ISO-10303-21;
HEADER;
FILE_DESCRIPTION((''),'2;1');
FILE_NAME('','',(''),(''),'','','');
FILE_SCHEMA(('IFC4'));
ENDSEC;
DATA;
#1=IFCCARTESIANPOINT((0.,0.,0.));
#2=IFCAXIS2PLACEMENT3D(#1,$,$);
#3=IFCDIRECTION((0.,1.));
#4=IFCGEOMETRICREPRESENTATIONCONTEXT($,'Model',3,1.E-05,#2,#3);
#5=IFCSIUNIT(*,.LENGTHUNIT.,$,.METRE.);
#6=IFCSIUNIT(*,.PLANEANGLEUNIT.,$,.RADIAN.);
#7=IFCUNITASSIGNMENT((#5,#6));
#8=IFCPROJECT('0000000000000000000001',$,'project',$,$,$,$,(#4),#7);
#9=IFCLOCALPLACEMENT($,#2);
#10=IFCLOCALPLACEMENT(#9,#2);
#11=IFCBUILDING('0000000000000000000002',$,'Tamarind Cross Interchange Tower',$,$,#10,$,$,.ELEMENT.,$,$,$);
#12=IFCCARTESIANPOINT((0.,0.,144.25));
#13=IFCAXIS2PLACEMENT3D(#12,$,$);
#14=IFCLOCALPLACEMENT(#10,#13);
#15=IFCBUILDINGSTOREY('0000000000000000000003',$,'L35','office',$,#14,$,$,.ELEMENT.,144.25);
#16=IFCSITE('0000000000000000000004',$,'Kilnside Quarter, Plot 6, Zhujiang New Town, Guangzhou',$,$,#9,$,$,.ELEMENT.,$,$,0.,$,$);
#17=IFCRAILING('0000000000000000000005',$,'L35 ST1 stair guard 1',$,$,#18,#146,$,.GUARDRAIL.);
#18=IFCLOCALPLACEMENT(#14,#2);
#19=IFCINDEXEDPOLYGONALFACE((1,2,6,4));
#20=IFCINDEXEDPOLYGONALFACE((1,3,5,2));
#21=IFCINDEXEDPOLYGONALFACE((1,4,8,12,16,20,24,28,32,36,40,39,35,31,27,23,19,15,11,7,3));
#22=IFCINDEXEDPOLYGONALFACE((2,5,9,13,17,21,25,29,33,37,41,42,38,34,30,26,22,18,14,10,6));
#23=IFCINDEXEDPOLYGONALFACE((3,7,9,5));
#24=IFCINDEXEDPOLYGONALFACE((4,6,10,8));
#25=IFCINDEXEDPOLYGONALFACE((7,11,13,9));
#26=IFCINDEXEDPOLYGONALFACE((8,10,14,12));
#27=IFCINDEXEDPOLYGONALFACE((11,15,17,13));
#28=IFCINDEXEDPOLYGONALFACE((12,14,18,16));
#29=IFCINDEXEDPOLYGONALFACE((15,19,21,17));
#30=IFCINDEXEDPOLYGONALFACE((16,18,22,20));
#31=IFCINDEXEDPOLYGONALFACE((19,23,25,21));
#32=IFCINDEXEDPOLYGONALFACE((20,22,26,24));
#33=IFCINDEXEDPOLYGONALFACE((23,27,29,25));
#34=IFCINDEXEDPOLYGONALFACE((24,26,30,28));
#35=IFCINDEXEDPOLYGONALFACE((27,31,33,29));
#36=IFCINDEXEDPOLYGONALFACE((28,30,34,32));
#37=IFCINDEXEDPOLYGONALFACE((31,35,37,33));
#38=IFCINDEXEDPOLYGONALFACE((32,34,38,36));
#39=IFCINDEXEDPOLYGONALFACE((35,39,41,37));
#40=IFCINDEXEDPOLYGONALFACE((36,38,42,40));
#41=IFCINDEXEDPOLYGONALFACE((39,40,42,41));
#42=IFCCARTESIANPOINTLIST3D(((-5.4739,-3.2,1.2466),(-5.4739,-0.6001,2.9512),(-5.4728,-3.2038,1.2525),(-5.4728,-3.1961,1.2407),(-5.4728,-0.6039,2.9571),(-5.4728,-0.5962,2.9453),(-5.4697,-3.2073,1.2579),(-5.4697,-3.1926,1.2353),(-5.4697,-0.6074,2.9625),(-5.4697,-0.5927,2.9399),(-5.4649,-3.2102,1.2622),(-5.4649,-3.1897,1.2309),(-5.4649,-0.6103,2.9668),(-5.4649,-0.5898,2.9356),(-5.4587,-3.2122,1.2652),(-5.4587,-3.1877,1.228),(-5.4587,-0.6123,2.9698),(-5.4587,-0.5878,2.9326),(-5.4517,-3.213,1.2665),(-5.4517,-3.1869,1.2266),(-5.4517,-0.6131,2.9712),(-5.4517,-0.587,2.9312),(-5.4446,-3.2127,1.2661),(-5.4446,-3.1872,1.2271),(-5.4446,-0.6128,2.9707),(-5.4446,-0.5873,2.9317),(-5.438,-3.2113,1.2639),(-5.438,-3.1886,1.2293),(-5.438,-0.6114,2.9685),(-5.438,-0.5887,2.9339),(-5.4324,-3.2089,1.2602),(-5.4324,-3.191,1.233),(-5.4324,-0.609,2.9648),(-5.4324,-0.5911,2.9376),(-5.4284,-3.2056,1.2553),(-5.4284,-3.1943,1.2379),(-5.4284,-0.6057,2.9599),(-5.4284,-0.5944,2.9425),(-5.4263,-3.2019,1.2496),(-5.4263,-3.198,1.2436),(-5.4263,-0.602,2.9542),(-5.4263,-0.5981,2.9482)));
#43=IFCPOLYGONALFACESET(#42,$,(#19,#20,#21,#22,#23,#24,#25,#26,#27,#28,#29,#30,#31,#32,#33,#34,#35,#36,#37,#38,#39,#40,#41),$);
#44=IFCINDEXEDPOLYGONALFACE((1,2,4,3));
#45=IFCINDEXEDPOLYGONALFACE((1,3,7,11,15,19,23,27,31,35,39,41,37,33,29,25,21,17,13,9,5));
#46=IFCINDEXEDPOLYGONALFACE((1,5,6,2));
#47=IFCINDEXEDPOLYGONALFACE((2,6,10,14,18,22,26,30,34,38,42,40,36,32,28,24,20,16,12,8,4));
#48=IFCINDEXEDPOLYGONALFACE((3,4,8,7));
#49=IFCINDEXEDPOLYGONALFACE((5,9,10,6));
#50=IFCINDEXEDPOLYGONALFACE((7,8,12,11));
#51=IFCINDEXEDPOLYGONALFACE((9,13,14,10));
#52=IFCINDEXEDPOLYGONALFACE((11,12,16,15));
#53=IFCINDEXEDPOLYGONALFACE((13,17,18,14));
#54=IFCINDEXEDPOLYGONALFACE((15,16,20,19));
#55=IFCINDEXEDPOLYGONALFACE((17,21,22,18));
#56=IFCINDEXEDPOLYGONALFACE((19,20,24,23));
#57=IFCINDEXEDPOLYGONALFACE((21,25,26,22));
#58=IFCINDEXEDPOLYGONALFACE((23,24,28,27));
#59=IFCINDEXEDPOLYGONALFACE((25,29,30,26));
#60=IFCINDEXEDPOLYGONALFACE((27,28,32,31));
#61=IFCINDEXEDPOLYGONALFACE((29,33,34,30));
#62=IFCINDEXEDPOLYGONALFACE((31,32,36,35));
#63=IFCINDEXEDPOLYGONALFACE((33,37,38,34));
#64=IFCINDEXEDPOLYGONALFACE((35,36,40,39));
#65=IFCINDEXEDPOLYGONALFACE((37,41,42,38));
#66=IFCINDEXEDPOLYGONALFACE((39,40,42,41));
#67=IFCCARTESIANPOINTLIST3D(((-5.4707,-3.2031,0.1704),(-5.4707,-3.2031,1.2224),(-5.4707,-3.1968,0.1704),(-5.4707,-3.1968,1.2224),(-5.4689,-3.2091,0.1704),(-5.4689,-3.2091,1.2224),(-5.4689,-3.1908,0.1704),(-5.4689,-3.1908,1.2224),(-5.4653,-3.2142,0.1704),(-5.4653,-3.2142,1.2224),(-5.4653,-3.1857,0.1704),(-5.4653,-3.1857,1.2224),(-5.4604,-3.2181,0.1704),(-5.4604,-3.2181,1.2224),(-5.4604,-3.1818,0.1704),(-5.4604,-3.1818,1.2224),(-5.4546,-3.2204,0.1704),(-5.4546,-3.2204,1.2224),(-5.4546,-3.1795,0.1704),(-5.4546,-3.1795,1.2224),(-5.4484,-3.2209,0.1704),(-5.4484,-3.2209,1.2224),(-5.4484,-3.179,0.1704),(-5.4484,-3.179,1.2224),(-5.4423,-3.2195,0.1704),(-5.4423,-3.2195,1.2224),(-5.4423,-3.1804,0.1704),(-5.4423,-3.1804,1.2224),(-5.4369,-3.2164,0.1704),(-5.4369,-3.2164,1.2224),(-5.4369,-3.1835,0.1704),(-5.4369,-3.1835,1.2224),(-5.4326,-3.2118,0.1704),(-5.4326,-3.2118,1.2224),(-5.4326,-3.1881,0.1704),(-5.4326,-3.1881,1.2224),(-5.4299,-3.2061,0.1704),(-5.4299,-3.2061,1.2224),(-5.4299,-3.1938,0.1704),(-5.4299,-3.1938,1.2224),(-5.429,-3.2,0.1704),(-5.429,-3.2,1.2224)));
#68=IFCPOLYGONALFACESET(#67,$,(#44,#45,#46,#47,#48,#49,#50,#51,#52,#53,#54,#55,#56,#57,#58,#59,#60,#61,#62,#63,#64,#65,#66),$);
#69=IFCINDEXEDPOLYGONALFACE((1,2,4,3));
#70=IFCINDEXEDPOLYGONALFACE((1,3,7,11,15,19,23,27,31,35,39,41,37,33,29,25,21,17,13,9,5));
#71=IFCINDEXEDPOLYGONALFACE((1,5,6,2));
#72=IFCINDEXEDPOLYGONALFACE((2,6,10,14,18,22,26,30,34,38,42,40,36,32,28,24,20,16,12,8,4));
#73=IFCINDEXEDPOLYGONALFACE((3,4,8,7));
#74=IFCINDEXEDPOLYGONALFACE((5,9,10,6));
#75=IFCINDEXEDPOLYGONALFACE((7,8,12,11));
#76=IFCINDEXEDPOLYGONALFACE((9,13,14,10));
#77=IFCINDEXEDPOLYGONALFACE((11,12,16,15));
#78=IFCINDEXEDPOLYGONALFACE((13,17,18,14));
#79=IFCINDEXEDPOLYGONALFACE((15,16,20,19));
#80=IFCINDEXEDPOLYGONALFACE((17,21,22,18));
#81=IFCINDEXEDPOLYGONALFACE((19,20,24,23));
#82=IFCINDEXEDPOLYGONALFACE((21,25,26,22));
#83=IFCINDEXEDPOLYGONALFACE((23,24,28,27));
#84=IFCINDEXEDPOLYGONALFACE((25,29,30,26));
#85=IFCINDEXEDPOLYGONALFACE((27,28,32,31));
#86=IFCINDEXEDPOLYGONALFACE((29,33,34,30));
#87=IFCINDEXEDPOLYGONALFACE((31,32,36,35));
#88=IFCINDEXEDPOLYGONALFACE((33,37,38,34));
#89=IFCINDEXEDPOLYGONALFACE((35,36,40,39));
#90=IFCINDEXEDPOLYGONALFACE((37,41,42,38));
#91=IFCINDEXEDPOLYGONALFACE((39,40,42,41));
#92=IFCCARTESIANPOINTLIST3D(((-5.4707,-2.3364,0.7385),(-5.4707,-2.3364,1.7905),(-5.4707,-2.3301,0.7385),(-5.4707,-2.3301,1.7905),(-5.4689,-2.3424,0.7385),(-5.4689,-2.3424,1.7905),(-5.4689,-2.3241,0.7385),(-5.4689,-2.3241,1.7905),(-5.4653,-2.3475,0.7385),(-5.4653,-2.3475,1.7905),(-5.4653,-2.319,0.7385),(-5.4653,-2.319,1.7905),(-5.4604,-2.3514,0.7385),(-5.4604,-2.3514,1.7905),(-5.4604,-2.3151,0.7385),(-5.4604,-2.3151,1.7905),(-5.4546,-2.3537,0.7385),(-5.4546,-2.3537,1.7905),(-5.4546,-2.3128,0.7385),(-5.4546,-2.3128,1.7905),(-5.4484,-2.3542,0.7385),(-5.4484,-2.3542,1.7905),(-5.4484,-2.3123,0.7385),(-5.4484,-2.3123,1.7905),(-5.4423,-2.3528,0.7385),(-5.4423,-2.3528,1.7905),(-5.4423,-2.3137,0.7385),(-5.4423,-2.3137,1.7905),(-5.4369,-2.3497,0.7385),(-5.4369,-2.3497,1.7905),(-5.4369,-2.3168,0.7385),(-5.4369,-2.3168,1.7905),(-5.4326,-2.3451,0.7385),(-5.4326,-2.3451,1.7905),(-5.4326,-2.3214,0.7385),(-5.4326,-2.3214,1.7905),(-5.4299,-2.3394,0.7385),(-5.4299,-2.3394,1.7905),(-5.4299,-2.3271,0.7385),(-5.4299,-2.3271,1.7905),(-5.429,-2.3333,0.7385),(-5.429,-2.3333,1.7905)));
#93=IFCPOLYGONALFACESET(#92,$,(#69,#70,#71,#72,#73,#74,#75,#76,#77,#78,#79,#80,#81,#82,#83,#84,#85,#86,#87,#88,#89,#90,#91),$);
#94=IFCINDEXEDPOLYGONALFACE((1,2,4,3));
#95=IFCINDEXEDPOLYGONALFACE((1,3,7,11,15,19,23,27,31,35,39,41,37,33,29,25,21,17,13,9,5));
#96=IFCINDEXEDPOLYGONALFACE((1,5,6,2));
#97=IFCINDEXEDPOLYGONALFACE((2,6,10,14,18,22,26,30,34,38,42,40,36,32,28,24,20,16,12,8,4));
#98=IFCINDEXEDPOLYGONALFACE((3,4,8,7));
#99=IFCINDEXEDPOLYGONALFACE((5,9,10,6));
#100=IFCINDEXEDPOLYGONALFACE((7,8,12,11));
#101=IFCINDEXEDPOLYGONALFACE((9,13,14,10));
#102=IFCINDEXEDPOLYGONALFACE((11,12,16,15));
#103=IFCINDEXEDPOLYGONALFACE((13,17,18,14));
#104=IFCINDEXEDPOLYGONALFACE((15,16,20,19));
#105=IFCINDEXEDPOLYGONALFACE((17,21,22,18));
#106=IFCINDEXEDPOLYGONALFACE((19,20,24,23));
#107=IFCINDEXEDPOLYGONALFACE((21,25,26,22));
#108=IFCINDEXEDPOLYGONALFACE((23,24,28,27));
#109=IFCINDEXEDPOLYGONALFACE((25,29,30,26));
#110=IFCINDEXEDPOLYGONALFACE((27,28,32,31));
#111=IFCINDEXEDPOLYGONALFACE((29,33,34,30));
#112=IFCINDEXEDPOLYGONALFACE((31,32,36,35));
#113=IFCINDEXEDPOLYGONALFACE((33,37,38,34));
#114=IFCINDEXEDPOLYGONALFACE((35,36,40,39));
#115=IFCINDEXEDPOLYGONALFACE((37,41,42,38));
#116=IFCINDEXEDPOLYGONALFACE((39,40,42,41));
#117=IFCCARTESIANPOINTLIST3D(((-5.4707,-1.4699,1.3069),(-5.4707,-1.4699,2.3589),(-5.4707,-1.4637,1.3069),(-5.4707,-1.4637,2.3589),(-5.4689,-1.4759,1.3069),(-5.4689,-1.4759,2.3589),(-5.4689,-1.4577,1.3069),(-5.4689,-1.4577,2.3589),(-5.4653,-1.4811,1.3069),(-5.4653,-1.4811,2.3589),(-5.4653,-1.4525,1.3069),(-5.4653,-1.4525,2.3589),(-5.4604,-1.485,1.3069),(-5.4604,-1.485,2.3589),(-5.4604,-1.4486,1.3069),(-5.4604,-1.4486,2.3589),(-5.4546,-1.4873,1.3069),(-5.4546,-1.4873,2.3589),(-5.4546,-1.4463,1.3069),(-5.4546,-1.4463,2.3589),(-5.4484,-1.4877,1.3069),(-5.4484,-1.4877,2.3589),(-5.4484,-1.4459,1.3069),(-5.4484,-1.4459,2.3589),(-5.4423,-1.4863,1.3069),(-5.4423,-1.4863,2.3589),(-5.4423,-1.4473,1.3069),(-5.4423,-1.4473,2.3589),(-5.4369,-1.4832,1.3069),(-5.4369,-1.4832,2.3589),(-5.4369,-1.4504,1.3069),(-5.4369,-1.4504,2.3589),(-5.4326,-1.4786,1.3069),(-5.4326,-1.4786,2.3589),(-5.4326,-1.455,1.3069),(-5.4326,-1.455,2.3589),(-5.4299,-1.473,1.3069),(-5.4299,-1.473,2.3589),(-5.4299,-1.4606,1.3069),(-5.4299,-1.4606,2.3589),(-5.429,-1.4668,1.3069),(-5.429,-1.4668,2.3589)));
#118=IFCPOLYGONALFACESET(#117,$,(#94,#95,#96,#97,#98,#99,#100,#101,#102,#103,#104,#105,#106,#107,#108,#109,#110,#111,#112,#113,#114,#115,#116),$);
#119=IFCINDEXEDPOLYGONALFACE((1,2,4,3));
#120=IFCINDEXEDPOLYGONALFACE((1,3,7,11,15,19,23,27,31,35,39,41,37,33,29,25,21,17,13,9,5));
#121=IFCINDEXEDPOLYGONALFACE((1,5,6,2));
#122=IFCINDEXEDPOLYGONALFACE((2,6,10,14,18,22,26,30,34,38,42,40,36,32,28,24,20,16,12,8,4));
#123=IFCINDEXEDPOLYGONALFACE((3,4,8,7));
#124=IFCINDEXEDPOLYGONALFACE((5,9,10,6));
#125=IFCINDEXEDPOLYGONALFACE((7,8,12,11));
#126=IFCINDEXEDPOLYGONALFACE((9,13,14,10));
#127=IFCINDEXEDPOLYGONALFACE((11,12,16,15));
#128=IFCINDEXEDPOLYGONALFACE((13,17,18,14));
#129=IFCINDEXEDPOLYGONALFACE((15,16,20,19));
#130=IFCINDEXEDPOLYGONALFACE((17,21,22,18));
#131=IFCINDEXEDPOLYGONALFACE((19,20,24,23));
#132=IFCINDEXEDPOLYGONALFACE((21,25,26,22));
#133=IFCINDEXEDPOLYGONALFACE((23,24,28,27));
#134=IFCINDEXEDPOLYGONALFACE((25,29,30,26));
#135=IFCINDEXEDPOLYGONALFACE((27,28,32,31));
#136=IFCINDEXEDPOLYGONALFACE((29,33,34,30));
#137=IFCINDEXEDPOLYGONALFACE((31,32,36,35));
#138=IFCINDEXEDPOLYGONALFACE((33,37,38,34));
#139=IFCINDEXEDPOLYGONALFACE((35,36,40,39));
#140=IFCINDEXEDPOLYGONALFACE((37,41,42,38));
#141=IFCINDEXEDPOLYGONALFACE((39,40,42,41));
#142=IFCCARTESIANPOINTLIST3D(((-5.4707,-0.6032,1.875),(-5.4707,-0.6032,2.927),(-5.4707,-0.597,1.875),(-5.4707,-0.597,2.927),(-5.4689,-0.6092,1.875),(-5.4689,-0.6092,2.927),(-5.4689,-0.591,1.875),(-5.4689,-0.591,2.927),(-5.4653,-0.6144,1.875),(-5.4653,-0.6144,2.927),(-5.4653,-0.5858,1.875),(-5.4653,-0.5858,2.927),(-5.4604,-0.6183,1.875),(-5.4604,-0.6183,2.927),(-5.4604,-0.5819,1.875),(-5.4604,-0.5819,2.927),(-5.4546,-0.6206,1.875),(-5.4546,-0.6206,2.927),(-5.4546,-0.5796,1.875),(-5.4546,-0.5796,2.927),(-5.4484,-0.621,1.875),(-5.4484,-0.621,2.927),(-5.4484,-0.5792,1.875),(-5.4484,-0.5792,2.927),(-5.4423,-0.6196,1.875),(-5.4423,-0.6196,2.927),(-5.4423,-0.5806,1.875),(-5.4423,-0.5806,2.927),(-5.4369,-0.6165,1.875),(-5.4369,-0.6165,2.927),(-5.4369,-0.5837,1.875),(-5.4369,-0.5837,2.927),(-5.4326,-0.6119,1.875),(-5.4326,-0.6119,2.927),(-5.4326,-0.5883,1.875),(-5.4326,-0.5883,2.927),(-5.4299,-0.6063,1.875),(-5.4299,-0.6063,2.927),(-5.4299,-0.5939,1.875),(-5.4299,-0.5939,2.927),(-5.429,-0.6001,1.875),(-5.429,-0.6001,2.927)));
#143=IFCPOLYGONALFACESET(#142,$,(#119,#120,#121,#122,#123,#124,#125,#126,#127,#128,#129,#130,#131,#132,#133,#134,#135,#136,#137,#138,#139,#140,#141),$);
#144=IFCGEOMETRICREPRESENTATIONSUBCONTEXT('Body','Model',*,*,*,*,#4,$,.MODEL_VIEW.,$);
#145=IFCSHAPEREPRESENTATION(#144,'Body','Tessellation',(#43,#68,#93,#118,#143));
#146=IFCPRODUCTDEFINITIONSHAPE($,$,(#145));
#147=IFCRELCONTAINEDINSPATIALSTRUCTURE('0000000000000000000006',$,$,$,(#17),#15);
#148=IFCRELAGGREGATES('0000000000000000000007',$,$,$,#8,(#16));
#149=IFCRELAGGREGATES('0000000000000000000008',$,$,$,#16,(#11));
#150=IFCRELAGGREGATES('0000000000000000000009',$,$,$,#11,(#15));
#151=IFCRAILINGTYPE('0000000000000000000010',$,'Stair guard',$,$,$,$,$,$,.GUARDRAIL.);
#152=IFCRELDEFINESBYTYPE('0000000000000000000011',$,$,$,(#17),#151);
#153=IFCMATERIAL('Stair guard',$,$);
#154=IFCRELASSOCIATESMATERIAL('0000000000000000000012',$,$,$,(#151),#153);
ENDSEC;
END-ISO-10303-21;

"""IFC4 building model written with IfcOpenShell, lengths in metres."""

from ifc_helpers import new_model, si_unit, direction, frame, origin, origin_2d, place, context, subcontext, project, spatial, circle, extrude, material, type_object, element, save


model = new_model("IFC4")

# Units and contexts
model_context = context("Model", 3, precision=1e-05, world=origin(), true_north=direction((0.0, 1.0)))
body_context = subcontext(model_context, "Body", "Model", "MODEL_VIEW")
ifc_project = project(units=[si_unit("LENGTHUNIT", "METRE"), si_unit("PLANEANGLEUNIT", "RADIAN")], contexts=[model_context])

# Site, building, storey
site_placement = place(None, origin())
site = spatial("IfcSite", under=ifc_project, at=site_placement, Name="Kilnside Quarter, Plot 6, Zhujiang New Town, Guangzhou", CompositionType="ELEMENT", RefElevation=0.0)
building_placement = place(site_placement, origin())
building = spatial("IfcBuilding", under=site, at=building_placement, Name="Tamarind Cross Interchange Tower", CompositionType="ELEMENT")
storey_placement = place(building_placement, frame((0.0, 0.0, 144.25)))
storey = spatial("IfcBuildingStorey", under=building, at=storey_placement, Name="L35", Description="office", CompositionType="ELEMENT", Elevation=144.25)

# Railing
ifc_material_1 = material(Name="Stair guard")
railing_type_1 = type_object("IfcRailingType", Name="Stair guard", PredefinedType="GUARDRAIL", material=ifc_material_1)
railing_1_placement = place(storey_placement, frame((-5.45, -3.2, 0.1704)))
element("IfcRailing", 1, at=railing_1_placement, inside=storey, type_object=railing_type_1, Name="L35 ST1 stair guard 1", PredefinedType="GUARDRAIL", context=body_context, shape_type="SweptSolid", body=[
    extrude(circle(Radius=0.0239, at=origin_2d()), frame((0.0, 0.0, 1.0762), z_axis=(0.0, 0.836279, 0.548305), x_axis=(-1.0, 0.0, 0.0)), (0.0, 0.0, 1.0), 3.1089),
    extrude(circle(Radius=0.021, at=origin_2d()), origin(), (0.0, 0.0, 1.0), 1.052),
    extrude(circle(Radius=0.021, at=origin_2d()), frame((0.0, 0.8667, 0.5681)), (0.0, 0.0, 1.0), 1.052),
    extrude(circle(Radius=0.021, at=origin_2d()), frame((0.0, 1.7332, 1.1365)), (0.0, 0.0, 1.0), 1.052),
    extrude(circle(Radius=0.021, at=origin_2d()), frame((0.0, 2.5999, 1.7046)), (0.0, 0.0, 1.0), 1.052),
])

save(model, "model.ifc")
